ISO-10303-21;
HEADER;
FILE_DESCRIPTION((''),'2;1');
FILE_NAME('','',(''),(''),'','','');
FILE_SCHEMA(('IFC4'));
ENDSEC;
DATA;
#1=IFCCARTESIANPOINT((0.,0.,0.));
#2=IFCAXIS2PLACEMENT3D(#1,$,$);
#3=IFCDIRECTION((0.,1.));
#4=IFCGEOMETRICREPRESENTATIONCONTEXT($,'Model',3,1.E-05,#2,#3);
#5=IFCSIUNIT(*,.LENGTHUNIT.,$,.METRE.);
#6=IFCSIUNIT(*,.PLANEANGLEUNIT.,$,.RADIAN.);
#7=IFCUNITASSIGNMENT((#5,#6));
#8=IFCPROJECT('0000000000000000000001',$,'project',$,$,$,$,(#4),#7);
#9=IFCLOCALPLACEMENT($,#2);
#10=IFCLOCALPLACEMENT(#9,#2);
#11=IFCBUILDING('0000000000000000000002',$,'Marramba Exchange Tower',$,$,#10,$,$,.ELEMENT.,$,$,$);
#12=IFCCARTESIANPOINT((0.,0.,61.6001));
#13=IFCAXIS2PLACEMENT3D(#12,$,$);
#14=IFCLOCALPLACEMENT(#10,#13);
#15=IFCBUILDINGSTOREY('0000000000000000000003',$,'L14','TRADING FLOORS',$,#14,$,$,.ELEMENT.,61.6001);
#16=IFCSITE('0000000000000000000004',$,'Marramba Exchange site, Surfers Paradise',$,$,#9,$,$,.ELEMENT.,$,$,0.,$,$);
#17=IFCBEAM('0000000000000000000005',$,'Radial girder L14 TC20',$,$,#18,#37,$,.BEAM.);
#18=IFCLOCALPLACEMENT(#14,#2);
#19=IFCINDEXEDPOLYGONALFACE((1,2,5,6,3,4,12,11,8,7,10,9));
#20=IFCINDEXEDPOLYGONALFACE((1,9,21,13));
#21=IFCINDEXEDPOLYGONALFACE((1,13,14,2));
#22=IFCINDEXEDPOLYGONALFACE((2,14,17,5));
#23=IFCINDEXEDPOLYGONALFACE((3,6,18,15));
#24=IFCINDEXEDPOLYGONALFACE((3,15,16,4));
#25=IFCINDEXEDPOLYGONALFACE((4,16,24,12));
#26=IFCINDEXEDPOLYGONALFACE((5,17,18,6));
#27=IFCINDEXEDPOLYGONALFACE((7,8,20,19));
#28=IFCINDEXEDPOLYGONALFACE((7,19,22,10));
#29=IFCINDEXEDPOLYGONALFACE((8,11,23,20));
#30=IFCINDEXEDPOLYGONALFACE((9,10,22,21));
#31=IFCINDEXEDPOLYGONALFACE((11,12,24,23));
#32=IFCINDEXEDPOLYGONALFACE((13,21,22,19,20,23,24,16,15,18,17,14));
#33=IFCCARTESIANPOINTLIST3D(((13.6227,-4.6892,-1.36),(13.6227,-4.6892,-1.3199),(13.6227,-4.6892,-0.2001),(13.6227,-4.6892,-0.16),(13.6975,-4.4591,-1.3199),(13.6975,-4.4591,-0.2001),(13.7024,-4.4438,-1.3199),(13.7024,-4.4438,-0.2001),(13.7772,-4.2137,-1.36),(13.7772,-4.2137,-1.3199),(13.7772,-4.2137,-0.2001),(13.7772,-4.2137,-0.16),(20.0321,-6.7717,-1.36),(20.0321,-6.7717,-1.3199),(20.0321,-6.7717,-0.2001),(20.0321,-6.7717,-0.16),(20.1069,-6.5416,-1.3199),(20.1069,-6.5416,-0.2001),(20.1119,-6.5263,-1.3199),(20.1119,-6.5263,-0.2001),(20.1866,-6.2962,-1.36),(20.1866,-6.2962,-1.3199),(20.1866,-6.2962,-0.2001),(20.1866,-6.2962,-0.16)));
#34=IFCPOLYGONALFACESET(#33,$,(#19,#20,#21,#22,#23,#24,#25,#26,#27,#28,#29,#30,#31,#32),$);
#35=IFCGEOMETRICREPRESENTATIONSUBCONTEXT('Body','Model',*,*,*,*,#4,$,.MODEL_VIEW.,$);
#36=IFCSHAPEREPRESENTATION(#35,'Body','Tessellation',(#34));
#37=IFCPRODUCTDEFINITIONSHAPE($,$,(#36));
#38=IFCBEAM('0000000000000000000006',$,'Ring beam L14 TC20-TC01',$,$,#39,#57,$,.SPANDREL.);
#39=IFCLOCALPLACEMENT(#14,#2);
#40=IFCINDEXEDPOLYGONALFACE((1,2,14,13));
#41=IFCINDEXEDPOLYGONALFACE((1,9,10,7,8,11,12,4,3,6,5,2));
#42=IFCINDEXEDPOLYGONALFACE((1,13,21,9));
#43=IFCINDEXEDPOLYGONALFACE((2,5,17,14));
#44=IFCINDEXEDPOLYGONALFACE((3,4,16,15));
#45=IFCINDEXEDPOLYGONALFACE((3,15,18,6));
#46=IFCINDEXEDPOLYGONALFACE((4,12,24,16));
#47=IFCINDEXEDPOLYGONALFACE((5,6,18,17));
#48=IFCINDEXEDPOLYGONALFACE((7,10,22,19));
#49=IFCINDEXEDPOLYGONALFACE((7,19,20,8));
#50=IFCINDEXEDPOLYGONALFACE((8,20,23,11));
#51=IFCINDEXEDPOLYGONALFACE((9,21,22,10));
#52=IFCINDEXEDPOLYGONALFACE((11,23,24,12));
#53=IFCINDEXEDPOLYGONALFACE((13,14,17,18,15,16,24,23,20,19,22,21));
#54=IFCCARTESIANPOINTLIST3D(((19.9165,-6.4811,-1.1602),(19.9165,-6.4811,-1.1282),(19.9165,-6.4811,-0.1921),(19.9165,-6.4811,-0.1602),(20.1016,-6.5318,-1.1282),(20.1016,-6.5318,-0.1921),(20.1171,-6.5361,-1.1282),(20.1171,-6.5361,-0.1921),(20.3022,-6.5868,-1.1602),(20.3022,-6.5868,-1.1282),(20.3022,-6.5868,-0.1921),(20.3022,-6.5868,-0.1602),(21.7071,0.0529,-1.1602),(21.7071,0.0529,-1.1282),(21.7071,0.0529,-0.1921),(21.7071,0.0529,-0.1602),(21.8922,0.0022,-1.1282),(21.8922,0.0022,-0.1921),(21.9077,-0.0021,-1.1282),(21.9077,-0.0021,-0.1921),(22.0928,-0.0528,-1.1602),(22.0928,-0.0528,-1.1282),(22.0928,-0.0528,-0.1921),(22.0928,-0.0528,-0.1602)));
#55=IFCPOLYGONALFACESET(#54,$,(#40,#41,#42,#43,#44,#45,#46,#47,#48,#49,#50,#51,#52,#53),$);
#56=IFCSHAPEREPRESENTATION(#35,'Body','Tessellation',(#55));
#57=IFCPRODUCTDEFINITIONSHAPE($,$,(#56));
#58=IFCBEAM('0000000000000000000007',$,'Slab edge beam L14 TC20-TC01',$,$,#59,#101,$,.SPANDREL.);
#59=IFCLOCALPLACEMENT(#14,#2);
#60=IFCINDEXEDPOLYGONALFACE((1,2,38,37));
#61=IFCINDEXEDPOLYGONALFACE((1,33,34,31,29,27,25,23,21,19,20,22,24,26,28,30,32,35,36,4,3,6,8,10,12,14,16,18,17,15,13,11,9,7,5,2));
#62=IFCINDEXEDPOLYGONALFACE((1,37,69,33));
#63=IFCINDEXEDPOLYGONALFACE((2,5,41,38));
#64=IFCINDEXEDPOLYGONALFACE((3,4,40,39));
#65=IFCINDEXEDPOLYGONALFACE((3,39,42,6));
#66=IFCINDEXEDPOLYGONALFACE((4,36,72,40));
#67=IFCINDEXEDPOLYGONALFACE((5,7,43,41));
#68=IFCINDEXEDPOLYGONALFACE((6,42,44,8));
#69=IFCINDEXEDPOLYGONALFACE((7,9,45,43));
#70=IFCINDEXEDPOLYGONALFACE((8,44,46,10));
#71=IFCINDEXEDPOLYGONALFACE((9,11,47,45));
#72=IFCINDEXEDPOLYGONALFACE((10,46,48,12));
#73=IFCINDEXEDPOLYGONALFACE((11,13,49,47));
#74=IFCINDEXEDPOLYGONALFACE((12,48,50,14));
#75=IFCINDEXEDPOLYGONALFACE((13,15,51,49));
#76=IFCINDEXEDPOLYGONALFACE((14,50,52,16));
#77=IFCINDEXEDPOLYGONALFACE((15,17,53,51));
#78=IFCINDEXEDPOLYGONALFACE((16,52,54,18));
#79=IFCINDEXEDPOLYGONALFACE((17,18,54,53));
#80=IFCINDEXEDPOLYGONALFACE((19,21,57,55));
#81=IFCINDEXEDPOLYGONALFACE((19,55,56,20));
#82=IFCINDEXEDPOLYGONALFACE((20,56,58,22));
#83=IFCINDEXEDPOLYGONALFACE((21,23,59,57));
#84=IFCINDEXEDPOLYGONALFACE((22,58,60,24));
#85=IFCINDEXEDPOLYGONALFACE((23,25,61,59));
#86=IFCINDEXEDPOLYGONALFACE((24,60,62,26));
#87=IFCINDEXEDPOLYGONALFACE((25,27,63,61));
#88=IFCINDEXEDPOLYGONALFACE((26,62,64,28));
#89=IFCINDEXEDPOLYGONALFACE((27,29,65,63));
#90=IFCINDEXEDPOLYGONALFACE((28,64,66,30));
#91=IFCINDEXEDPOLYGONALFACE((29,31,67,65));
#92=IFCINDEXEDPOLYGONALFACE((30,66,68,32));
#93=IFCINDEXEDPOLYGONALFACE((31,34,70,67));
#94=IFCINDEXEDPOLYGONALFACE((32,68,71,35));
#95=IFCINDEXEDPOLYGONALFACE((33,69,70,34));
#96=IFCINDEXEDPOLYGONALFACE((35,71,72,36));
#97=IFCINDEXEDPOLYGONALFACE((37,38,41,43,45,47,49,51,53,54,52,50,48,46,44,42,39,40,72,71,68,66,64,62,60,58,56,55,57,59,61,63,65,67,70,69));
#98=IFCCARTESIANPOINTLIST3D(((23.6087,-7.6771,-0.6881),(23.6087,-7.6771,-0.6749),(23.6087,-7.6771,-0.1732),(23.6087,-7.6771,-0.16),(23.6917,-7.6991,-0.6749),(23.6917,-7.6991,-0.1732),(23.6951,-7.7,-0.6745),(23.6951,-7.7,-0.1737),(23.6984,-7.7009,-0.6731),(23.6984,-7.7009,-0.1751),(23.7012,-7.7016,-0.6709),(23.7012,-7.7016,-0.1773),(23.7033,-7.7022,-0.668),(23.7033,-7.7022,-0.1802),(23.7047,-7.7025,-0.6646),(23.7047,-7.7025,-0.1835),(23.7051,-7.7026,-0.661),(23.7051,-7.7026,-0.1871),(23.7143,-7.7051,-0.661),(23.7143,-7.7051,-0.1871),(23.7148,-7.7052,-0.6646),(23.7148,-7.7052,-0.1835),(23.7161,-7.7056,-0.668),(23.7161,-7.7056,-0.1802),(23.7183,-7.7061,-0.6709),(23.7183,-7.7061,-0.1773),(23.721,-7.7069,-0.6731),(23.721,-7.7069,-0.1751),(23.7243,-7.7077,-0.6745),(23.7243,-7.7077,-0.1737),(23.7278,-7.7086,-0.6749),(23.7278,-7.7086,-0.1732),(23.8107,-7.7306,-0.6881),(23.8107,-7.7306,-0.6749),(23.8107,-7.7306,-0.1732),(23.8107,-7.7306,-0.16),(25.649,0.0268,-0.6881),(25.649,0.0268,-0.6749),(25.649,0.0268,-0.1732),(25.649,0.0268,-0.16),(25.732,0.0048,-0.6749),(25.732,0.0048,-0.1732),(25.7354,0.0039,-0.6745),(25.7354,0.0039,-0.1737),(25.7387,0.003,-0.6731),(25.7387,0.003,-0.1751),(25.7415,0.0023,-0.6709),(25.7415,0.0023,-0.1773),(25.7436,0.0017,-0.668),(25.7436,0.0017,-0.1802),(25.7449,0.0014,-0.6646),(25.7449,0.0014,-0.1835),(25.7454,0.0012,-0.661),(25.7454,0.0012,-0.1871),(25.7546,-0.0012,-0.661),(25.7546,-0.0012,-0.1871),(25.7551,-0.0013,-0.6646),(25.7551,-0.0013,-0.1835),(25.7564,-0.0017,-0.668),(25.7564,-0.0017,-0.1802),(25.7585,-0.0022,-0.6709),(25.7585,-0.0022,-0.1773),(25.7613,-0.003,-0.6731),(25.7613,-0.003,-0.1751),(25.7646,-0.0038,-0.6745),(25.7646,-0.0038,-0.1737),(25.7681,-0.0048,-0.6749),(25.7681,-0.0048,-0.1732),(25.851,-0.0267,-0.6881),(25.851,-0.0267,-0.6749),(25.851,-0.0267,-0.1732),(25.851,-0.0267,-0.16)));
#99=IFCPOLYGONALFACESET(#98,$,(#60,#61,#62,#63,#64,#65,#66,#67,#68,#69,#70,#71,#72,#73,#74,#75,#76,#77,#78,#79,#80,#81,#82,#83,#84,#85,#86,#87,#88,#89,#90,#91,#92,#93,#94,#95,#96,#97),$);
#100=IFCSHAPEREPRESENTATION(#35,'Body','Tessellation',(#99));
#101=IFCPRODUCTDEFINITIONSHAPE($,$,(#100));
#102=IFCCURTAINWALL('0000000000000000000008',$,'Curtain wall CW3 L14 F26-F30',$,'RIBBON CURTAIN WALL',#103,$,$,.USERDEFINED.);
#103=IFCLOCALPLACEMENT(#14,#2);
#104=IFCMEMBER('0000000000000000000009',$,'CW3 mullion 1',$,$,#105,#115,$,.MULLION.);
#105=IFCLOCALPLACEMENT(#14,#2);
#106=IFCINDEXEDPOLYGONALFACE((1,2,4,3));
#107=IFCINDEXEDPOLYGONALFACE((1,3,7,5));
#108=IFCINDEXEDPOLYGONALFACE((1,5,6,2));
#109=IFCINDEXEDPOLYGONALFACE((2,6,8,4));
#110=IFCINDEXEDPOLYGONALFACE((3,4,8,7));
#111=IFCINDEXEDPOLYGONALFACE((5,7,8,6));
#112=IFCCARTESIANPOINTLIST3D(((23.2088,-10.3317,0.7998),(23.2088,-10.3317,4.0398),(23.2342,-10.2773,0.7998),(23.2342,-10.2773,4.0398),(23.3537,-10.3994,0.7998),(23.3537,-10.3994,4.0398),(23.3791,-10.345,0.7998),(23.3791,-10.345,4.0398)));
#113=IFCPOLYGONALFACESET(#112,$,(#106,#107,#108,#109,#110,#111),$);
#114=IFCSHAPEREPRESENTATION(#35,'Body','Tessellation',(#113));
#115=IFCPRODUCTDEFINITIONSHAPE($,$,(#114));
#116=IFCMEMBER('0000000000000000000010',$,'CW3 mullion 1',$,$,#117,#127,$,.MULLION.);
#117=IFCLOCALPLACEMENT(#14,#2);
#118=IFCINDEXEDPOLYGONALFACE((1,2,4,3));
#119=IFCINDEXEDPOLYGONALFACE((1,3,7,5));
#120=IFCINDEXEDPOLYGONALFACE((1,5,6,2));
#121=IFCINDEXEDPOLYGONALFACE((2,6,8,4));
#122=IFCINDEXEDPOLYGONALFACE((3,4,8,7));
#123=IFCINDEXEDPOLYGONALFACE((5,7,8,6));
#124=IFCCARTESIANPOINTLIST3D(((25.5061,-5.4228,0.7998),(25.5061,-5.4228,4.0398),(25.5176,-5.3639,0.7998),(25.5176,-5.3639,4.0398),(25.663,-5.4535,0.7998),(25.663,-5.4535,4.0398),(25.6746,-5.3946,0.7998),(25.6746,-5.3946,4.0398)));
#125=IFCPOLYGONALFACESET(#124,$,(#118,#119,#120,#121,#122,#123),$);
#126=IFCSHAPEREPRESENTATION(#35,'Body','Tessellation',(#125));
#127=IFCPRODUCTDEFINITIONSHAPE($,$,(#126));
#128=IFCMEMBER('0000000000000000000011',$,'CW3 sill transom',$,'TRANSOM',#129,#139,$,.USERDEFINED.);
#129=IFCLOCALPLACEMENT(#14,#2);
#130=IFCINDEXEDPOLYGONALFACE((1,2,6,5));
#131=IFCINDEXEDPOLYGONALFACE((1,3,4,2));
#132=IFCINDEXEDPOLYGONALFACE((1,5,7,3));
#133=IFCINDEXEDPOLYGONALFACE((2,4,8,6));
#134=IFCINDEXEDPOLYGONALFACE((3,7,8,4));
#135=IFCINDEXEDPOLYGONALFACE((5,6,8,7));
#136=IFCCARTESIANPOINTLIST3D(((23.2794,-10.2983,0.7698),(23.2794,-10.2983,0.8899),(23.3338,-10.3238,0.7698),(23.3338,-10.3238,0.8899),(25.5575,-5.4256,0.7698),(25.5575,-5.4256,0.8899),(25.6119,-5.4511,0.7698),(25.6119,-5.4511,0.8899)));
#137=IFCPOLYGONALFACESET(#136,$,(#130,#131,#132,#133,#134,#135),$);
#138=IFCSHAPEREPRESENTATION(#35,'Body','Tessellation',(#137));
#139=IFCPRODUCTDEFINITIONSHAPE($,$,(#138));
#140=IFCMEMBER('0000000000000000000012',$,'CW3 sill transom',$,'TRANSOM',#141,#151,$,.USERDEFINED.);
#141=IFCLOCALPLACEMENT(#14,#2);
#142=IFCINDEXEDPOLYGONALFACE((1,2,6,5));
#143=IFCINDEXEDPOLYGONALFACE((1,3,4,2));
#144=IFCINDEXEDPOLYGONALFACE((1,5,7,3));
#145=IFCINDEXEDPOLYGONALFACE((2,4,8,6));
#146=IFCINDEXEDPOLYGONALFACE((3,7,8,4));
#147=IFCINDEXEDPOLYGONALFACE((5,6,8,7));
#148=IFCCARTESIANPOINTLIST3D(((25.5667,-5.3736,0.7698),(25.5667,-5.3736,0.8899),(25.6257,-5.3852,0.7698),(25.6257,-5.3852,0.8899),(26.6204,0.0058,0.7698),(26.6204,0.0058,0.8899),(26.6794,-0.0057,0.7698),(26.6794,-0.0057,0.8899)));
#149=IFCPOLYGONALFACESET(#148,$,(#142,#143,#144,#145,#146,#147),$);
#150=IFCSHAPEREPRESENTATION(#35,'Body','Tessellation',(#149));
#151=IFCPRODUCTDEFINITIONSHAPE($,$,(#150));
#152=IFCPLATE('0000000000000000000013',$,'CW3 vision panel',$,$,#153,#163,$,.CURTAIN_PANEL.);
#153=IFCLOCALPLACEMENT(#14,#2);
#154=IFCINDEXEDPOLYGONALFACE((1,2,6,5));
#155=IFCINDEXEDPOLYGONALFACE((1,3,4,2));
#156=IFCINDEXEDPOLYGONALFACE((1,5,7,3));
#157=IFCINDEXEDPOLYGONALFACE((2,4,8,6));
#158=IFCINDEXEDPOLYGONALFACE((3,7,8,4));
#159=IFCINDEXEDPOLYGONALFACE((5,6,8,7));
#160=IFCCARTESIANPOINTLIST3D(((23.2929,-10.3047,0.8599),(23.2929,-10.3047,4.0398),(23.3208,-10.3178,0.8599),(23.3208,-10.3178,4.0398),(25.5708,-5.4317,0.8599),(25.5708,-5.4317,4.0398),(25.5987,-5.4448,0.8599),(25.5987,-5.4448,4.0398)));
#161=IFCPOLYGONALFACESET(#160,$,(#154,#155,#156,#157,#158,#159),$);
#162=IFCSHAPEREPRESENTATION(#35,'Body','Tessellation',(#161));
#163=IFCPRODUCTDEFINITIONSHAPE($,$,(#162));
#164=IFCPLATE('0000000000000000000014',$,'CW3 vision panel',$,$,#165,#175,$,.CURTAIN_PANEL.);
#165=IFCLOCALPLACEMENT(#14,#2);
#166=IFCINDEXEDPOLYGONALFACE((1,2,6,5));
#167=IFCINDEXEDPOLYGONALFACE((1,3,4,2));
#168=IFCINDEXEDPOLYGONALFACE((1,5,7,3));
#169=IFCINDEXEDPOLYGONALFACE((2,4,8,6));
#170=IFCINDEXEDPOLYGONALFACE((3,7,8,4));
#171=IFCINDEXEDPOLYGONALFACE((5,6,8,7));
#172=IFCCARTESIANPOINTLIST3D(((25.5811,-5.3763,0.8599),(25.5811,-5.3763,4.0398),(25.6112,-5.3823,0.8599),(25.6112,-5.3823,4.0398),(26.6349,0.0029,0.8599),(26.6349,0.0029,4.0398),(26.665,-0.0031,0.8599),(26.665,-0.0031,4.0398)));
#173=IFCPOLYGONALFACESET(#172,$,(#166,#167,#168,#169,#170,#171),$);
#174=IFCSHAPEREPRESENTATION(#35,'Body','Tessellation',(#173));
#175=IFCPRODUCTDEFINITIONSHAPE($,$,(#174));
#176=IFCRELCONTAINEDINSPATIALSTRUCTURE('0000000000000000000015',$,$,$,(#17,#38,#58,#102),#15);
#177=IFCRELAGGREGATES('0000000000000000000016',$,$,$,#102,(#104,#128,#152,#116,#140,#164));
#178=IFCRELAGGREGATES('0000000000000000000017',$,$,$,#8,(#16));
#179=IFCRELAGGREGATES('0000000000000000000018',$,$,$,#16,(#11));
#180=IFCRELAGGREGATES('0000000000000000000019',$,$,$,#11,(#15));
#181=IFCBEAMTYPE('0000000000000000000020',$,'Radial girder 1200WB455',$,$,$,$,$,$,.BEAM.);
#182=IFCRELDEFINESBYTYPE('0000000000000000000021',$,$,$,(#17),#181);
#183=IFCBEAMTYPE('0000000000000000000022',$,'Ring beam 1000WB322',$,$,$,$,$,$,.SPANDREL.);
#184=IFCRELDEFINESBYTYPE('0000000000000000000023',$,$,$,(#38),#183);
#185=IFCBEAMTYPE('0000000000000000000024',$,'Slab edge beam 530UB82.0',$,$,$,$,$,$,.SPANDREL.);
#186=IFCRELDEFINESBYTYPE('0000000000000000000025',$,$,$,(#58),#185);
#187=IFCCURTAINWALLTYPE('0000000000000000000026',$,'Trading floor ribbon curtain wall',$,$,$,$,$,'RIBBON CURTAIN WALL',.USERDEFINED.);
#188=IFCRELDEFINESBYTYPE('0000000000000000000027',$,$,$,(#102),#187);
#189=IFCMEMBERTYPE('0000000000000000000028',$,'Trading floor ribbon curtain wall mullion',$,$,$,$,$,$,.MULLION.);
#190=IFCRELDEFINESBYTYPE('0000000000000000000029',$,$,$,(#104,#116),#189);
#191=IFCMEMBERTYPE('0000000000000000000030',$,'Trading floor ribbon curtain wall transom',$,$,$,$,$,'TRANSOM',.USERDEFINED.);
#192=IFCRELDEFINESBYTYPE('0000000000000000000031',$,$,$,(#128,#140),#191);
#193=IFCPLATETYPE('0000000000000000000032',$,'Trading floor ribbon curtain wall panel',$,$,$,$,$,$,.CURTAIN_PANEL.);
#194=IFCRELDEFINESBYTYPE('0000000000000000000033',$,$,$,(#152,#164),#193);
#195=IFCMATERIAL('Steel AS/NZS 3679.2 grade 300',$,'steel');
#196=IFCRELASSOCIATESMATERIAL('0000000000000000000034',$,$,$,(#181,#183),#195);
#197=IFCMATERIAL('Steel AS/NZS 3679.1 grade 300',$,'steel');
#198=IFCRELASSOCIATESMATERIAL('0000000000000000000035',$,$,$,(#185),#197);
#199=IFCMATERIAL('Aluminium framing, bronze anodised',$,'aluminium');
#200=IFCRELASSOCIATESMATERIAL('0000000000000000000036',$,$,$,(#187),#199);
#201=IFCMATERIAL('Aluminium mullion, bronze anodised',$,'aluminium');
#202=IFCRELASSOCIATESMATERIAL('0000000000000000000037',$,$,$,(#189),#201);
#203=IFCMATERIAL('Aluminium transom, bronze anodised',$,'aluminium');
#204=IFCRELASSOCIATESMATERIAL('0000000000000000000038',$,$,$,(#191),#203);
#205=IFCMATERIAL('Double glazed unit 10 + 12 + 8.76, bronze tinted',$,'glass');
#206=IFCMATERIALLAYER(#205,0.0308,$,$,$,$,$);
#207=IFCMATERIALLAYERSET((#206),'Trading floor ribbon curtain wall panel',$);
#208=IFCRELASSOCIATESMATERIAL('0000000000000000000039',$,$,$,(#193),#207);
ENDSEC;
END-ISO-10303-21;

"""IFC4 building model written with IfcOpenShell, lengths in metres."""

from ifc_helpers import new_model, si_unit, direction, frame, origin, origin_2d, place, context, subcontext, project, spatial, rectangle, i_section, extrude, material, layer, layer_set, material_profile, profile_set, type_object, element, aggregate, save


model = new_model("IFC4")

# Units and contexts
model_context = context("Model", 3, precision=1e-05, world=origin(), true_north=direction((0.0, 1.0)))
body_context = subcontext(model_context, "Body", "Model", "MODEL_VIEW")
ifc_project = project(units=[si_unit("LENGTHUNIT", "METRE"), si_unit("PLANEANGLEUNIT", "RADIAN")], contexts=[model_context])

# Site, building, storey
site_placement = place(None, origin())
site = spatial("IfcSite", under=ifc_project, at=site_placement, Name="Marramba Exchange site, Surfers Paradise", CompositionType="ELEMENT", RefElevation=0.0)
building_placement = place(site_placement, origin())
building = spatial("IfcBuilding", under=site, at=building_placement, Name="Marramba Exchange Tower", CompositionType="ELEMENT")
storey_placement = place(building_placement, frame((0.0, 0.0, 61.6001)))
storey = spatial("IfcBuildingStorey", under=building, at=storey_placement, Name="L14", Description="TRADING FLOORS", CompositionType="ELEMENT", Elevation=61.6001)

# Beams
ifc_material_1 = material(Name="Steel AS/NZS 3679.2 grade 300", Category="steel")
ifc_material_2 = material(Name="Steel AS/NZS 3679.1 grade 300", Category="steel")
ifc_material_profile_1 = material_profile(ifc_material_1, i_section(OverallWidth=0.5, OverallDepth=1.2, WebThickness=0.0161, FlangeThickness=0.04, at=origin_2d()), Name="1200WB455")
ifc_profile_set_1 = profile_set([ifc_material_profile_1], Name="Steel AS/NZS 3679.2 grade 300")
beam_type_1 = type_object("IfcBeamType", Name="Radial girder 1200WB455", PredefinedType="BEAM", material=ifc_profile_set_1)
beam_1_placement = place(storey_placement, frame((13.7, -4.4514, -0.76), z_axis=(0.951058, -0.309013, 0.0), x_axis=(0.309013, 0.951058, 0.0)))
element("IfcBeam", 1, at=beam_1_placement, inside=storey, type_object=beam_type_1, Name="Radial girder L14 TC20", PredefinedType="BEAM", context=body_context, shape_type="SweptSolid", body=[
    extrude(i_section(OverallWidth=0.5, OverallDepth=1.2, WebThickness=0.0161, FlangeThickness=0.04, at=origin_2d()), origin(), (0.0, 0.0, 1.0), 6.7393),
])
ifc_material_profile_2 = material_profile(ifc_material_1, i_section(OverallWidth=0.3999, OverallDepth=1.0, WebThickness=0.0161, FlangeThickness=0.032, at=origin_2d()), Name="1000WB322")
ifc_profile_set_2 = profile_set([ifc_material_profile_2], Name="Steel AS/NZS 3679.2 grade 300")
beam_type_2 = type_object("IfcBeamType", Name="Ring beam 1000WB322", PredefinedType="SPANDREL", material=ifc_profile_set_2)
beam_2_placement = place(storey_placement, frame((20.1094, -6.5339, -0.6602), z_axis=(0.264291, 0.964443, 0.0), x_axis=(-0.964443, 0.264291, 0.0)))
element("IfcBeam", 2, at=beam_2_placement, inside=storey, type_object=beam_type_2, Name="Ring beam L14 TC20-TC01", PredefinedType="SPANDREL", context=body_context, shape_type="SweptSolid", body=[
    extrude(i_section(OverallWidth=0.3999, OverallDepth=1.0, WebThickness=0.0161, FlangeThickness=0.032, at=origin_2d()), origin(), (0.0, 0.0, 1.0), 6.7749),
])
ifc_material_profile_3 = material_profile(ifc_material_2, i_section(OverallWidth=0.209, OverallDepth=0.5281, WebThickness=0.0095, FlangeThickness=0.0132, FilletRadius=0.0139, at=origin_2d()), Name="530UB82.0")
ifc_profile_set_3 = profile_set([ifc_material_profile_3], Name="Steel AS/NZS 3679.1 grade 300")
beam_type_3 = type_object("IfcBeamType", Name="Slab edge beam 530UB82.0", PredefinedType="SPANDREL", material=ifc_profile_set_3)
beam_3_placement = place(storey_placement, frame((23.7097, -7.7039, -0.4241), z_axis=(0.256013, 0.966673, 0.0), x_axis=(-0.966673, 0.256013, 0.0)))
element("IfcBeam", 3, at=beam_3_placement, inside=storey, type_object=beam_type_3, Name="Slab edge beam L14 TC20-TC01", PredefinedType="SPANDREL", context=body_context, shape_type="SweptSolid", body=[
    extrude(i_section(OverallWidth=0.209, OverallDepth=0.5281, WebThickness=0.0095, FlangeThickness=0.0132, FilletRadius=0.0139, at=origin_2d()), origin(), (0.0, 0.0, 1.0), 7.9695),
])

# Curtain wall, members, plates
ifc_material_3 = material(Name="Aluminium framing, bronze anodised", Category="aluminium")
curtain_wall_type = type_object("IfcCurtainWallType", Name="Trading floor ribbon curtain wall", ElementType="RIBBON CURTAIN WALL", PredefinedType="USERDEFINED", material=ifc_material_3)
curtain_wall_placement = place(storey_placement, origin())
curtain_wall = element("IfcCurtainWall", 4, at=curtain_wall_placement, inside=storey, type_object=curtain_wall_type, Name="Curtain wall CW3 L14 F26-F30", ObjectType="RIBBON CURTAIN WALL", PredefinedType="USERDEFINED")
ifc_material_4 = material(Name="Aluminium mullion, bronze anodised", Category="aluminium")
ifc_material_profile_4 = material_profile(ifc_material_4, rectangle(XDim=0.1599, YDim=0.0601, at=origin_2d()), Name="CW3 mullion 60x160")
ifc_profile_set_4 = profile_set([ifc_material_profile_4], Name="Aluminium mullion, bronze anodised")
member_type_1 = type_object("IfcMemberType", Name="Trading floor ribbon curtain wall mullion", PredefinedType="MULLION", material=ifc_profile_set_4)
member_1_placement = place(storey_placement, frame((23.2939, -10.3384, 0.7998), z_axis=(0.0, 0.0, 1.0), x_axis=(-0.905907, 0.423477, 0.0)))
member_1 = element("IfcMember", 5, at=member_1_placement, type_object=member_type_1, Name="CW3 mullion 1", PredefinedType="MULLION", context=body_context, shape_type="SweptSolid", body=[
    extrude(rectangle(XDim=0.1599, YDim=0.0601, at=origin_2d()), origin(), (0.0, 0.0, 1.0), 3.24),
])
member_2_placement = place(storey_placement, frame((25.5903, -5.4087, 0.7998), z_axis=(0.0, 0.0, 1.0), x_axis=(-0.981346, 0.192249, 0.0)))
member_2 = element("IfcMember", 6, at=member_2_placement, type_object=member_type_1, Name="CW3 mullion 1", PredefinedType="MULLION", context=body_context, shape_type="SweptSolid", body=[
    extrude(rectangle(XDim=0.1599, YDim=0.0601, at=origin_2d()), origin(), (0.0, 0.0, 1.0), 3.24),
])
ifc_material_5 = material(Name="Aluminium transom, bronze anodised", Category="aluminium")
ifc_material_profile_5 = material_profile(ifc_material_5, rectangle(XDim=0.0601, YDim=0.1201, at=origin_2d()), Name="CW3 transom 60x120")
ifc_profile_set_5 = profile_set([ifc_material_profile_5], Name="Aluminium transom, bronze anodised")
member_type_2 = type_object("IfcMemberType", Name="Trading floor ribbon curtain wall transom", ElementType="TRANSOM", PredefinedType="USERDEFINED", material=ifc_profile_set_5)
member_3_placement = place(storey_placement, frame((23.3066, -10.311, 0.8298), z_axis=(0.423512, 0.905891, 0.0), x_axis=(-0.905891, 0.423512, 0.0)))
member_3 = element("IfcMember", 7, at=member_3_placement, type_object=member_type_2, Name="CW3 sill transom", ObjectType="TRANSOM", PredefinedType="USERDEFINED", context=body_context, shape_type="SweptSolid", body=[
    extrude(rectangle(XDim=0.0601, YDim=0.1201, at=origin_2d()), origin(), (0.0, 0.0, 1.0), 5.3789),
])
member_4_placement = place(storey_placement, frame((25.5962, -5.3794, 0.8298), z_axis=(0.192226, 0.981351, 0.0), x_axis=(-0.981351, 0.192226, 0.0)))
member_4 = element("IfcMember", 8, at=member_4_placement, type_object=member_type_2, Name="CW3 sill transom", ObjectType="TRANSOM", PredefinedType="USERDEFINED", context=body_context, shape_type="SweptSolid", body=[
    extrude(rectangle(XDim=0.0601, YDim=0.1201, at=origin_2d()), origin(), (0.0, 0.0, 1.0), 5.4817),
])
ifc_material_6 = material(Name="Double glazed unit 10 + 12 + 8.76, bronze tinted", Category="glass")
ifc_layer_1 = layer(ifc_material_6, 0.0308)
ifc_layer_set_1 = layer_set([ifc_layer_1], Name="Trading floor ribbon curtain wall panel")
plate_type = type_object("IfcPlateType", Name="Trading floor ribbon curtain wall panel", PredefinedType="CURTAIN_PANEL", material=ifc_layer_set_1)
plate_1_placement = place(storey_placement, frame((24.4458, -7.8748, 0.8599), z_axis=(0.0, 0.0, 1.0), x_axis=(0.423477, 0.905907, 0.0)))
plate_1 = element("IfcPlate", 9, at=plate_1_placement, type_object=plate_type, Name="CW3 vision panel", PredefinedType="CURTAIN_PANEL", context=body_context, shape_type="SweptSolid", body=[
    extrude(rectangle(XDim=5.3792, YDim=0.0308, at=origin_2d()), origin(), (0.0, 0.0, 1.0), 3.1799),
])
plate_2_placement = place(storey_placement, frame((26.123, -2.6897, 0.8599), z_axis=(0.0, 0.0, 1.0), x_axis=(0.192249, 0.981346, 0.0)))
plate_2 = element("IfcPlate", 10, at=plate_2_placement, type_object=plate_type, Name="CW3 vision panel", PredefinedType="CURTAIN_PANEL", context=body_context, shape_type="SweptSolid", body=[
    extrude(rectangle(XDim=5.4814, YDim=0.0308, at=origin_2d()), origin(), (0.0, 0.0, 1.0), 3.1799),
])
aggregate(curtain_wall, [member_1, member_3, plate_1, member_2, member_4, plate_2])

save(model, "model.ifc")
